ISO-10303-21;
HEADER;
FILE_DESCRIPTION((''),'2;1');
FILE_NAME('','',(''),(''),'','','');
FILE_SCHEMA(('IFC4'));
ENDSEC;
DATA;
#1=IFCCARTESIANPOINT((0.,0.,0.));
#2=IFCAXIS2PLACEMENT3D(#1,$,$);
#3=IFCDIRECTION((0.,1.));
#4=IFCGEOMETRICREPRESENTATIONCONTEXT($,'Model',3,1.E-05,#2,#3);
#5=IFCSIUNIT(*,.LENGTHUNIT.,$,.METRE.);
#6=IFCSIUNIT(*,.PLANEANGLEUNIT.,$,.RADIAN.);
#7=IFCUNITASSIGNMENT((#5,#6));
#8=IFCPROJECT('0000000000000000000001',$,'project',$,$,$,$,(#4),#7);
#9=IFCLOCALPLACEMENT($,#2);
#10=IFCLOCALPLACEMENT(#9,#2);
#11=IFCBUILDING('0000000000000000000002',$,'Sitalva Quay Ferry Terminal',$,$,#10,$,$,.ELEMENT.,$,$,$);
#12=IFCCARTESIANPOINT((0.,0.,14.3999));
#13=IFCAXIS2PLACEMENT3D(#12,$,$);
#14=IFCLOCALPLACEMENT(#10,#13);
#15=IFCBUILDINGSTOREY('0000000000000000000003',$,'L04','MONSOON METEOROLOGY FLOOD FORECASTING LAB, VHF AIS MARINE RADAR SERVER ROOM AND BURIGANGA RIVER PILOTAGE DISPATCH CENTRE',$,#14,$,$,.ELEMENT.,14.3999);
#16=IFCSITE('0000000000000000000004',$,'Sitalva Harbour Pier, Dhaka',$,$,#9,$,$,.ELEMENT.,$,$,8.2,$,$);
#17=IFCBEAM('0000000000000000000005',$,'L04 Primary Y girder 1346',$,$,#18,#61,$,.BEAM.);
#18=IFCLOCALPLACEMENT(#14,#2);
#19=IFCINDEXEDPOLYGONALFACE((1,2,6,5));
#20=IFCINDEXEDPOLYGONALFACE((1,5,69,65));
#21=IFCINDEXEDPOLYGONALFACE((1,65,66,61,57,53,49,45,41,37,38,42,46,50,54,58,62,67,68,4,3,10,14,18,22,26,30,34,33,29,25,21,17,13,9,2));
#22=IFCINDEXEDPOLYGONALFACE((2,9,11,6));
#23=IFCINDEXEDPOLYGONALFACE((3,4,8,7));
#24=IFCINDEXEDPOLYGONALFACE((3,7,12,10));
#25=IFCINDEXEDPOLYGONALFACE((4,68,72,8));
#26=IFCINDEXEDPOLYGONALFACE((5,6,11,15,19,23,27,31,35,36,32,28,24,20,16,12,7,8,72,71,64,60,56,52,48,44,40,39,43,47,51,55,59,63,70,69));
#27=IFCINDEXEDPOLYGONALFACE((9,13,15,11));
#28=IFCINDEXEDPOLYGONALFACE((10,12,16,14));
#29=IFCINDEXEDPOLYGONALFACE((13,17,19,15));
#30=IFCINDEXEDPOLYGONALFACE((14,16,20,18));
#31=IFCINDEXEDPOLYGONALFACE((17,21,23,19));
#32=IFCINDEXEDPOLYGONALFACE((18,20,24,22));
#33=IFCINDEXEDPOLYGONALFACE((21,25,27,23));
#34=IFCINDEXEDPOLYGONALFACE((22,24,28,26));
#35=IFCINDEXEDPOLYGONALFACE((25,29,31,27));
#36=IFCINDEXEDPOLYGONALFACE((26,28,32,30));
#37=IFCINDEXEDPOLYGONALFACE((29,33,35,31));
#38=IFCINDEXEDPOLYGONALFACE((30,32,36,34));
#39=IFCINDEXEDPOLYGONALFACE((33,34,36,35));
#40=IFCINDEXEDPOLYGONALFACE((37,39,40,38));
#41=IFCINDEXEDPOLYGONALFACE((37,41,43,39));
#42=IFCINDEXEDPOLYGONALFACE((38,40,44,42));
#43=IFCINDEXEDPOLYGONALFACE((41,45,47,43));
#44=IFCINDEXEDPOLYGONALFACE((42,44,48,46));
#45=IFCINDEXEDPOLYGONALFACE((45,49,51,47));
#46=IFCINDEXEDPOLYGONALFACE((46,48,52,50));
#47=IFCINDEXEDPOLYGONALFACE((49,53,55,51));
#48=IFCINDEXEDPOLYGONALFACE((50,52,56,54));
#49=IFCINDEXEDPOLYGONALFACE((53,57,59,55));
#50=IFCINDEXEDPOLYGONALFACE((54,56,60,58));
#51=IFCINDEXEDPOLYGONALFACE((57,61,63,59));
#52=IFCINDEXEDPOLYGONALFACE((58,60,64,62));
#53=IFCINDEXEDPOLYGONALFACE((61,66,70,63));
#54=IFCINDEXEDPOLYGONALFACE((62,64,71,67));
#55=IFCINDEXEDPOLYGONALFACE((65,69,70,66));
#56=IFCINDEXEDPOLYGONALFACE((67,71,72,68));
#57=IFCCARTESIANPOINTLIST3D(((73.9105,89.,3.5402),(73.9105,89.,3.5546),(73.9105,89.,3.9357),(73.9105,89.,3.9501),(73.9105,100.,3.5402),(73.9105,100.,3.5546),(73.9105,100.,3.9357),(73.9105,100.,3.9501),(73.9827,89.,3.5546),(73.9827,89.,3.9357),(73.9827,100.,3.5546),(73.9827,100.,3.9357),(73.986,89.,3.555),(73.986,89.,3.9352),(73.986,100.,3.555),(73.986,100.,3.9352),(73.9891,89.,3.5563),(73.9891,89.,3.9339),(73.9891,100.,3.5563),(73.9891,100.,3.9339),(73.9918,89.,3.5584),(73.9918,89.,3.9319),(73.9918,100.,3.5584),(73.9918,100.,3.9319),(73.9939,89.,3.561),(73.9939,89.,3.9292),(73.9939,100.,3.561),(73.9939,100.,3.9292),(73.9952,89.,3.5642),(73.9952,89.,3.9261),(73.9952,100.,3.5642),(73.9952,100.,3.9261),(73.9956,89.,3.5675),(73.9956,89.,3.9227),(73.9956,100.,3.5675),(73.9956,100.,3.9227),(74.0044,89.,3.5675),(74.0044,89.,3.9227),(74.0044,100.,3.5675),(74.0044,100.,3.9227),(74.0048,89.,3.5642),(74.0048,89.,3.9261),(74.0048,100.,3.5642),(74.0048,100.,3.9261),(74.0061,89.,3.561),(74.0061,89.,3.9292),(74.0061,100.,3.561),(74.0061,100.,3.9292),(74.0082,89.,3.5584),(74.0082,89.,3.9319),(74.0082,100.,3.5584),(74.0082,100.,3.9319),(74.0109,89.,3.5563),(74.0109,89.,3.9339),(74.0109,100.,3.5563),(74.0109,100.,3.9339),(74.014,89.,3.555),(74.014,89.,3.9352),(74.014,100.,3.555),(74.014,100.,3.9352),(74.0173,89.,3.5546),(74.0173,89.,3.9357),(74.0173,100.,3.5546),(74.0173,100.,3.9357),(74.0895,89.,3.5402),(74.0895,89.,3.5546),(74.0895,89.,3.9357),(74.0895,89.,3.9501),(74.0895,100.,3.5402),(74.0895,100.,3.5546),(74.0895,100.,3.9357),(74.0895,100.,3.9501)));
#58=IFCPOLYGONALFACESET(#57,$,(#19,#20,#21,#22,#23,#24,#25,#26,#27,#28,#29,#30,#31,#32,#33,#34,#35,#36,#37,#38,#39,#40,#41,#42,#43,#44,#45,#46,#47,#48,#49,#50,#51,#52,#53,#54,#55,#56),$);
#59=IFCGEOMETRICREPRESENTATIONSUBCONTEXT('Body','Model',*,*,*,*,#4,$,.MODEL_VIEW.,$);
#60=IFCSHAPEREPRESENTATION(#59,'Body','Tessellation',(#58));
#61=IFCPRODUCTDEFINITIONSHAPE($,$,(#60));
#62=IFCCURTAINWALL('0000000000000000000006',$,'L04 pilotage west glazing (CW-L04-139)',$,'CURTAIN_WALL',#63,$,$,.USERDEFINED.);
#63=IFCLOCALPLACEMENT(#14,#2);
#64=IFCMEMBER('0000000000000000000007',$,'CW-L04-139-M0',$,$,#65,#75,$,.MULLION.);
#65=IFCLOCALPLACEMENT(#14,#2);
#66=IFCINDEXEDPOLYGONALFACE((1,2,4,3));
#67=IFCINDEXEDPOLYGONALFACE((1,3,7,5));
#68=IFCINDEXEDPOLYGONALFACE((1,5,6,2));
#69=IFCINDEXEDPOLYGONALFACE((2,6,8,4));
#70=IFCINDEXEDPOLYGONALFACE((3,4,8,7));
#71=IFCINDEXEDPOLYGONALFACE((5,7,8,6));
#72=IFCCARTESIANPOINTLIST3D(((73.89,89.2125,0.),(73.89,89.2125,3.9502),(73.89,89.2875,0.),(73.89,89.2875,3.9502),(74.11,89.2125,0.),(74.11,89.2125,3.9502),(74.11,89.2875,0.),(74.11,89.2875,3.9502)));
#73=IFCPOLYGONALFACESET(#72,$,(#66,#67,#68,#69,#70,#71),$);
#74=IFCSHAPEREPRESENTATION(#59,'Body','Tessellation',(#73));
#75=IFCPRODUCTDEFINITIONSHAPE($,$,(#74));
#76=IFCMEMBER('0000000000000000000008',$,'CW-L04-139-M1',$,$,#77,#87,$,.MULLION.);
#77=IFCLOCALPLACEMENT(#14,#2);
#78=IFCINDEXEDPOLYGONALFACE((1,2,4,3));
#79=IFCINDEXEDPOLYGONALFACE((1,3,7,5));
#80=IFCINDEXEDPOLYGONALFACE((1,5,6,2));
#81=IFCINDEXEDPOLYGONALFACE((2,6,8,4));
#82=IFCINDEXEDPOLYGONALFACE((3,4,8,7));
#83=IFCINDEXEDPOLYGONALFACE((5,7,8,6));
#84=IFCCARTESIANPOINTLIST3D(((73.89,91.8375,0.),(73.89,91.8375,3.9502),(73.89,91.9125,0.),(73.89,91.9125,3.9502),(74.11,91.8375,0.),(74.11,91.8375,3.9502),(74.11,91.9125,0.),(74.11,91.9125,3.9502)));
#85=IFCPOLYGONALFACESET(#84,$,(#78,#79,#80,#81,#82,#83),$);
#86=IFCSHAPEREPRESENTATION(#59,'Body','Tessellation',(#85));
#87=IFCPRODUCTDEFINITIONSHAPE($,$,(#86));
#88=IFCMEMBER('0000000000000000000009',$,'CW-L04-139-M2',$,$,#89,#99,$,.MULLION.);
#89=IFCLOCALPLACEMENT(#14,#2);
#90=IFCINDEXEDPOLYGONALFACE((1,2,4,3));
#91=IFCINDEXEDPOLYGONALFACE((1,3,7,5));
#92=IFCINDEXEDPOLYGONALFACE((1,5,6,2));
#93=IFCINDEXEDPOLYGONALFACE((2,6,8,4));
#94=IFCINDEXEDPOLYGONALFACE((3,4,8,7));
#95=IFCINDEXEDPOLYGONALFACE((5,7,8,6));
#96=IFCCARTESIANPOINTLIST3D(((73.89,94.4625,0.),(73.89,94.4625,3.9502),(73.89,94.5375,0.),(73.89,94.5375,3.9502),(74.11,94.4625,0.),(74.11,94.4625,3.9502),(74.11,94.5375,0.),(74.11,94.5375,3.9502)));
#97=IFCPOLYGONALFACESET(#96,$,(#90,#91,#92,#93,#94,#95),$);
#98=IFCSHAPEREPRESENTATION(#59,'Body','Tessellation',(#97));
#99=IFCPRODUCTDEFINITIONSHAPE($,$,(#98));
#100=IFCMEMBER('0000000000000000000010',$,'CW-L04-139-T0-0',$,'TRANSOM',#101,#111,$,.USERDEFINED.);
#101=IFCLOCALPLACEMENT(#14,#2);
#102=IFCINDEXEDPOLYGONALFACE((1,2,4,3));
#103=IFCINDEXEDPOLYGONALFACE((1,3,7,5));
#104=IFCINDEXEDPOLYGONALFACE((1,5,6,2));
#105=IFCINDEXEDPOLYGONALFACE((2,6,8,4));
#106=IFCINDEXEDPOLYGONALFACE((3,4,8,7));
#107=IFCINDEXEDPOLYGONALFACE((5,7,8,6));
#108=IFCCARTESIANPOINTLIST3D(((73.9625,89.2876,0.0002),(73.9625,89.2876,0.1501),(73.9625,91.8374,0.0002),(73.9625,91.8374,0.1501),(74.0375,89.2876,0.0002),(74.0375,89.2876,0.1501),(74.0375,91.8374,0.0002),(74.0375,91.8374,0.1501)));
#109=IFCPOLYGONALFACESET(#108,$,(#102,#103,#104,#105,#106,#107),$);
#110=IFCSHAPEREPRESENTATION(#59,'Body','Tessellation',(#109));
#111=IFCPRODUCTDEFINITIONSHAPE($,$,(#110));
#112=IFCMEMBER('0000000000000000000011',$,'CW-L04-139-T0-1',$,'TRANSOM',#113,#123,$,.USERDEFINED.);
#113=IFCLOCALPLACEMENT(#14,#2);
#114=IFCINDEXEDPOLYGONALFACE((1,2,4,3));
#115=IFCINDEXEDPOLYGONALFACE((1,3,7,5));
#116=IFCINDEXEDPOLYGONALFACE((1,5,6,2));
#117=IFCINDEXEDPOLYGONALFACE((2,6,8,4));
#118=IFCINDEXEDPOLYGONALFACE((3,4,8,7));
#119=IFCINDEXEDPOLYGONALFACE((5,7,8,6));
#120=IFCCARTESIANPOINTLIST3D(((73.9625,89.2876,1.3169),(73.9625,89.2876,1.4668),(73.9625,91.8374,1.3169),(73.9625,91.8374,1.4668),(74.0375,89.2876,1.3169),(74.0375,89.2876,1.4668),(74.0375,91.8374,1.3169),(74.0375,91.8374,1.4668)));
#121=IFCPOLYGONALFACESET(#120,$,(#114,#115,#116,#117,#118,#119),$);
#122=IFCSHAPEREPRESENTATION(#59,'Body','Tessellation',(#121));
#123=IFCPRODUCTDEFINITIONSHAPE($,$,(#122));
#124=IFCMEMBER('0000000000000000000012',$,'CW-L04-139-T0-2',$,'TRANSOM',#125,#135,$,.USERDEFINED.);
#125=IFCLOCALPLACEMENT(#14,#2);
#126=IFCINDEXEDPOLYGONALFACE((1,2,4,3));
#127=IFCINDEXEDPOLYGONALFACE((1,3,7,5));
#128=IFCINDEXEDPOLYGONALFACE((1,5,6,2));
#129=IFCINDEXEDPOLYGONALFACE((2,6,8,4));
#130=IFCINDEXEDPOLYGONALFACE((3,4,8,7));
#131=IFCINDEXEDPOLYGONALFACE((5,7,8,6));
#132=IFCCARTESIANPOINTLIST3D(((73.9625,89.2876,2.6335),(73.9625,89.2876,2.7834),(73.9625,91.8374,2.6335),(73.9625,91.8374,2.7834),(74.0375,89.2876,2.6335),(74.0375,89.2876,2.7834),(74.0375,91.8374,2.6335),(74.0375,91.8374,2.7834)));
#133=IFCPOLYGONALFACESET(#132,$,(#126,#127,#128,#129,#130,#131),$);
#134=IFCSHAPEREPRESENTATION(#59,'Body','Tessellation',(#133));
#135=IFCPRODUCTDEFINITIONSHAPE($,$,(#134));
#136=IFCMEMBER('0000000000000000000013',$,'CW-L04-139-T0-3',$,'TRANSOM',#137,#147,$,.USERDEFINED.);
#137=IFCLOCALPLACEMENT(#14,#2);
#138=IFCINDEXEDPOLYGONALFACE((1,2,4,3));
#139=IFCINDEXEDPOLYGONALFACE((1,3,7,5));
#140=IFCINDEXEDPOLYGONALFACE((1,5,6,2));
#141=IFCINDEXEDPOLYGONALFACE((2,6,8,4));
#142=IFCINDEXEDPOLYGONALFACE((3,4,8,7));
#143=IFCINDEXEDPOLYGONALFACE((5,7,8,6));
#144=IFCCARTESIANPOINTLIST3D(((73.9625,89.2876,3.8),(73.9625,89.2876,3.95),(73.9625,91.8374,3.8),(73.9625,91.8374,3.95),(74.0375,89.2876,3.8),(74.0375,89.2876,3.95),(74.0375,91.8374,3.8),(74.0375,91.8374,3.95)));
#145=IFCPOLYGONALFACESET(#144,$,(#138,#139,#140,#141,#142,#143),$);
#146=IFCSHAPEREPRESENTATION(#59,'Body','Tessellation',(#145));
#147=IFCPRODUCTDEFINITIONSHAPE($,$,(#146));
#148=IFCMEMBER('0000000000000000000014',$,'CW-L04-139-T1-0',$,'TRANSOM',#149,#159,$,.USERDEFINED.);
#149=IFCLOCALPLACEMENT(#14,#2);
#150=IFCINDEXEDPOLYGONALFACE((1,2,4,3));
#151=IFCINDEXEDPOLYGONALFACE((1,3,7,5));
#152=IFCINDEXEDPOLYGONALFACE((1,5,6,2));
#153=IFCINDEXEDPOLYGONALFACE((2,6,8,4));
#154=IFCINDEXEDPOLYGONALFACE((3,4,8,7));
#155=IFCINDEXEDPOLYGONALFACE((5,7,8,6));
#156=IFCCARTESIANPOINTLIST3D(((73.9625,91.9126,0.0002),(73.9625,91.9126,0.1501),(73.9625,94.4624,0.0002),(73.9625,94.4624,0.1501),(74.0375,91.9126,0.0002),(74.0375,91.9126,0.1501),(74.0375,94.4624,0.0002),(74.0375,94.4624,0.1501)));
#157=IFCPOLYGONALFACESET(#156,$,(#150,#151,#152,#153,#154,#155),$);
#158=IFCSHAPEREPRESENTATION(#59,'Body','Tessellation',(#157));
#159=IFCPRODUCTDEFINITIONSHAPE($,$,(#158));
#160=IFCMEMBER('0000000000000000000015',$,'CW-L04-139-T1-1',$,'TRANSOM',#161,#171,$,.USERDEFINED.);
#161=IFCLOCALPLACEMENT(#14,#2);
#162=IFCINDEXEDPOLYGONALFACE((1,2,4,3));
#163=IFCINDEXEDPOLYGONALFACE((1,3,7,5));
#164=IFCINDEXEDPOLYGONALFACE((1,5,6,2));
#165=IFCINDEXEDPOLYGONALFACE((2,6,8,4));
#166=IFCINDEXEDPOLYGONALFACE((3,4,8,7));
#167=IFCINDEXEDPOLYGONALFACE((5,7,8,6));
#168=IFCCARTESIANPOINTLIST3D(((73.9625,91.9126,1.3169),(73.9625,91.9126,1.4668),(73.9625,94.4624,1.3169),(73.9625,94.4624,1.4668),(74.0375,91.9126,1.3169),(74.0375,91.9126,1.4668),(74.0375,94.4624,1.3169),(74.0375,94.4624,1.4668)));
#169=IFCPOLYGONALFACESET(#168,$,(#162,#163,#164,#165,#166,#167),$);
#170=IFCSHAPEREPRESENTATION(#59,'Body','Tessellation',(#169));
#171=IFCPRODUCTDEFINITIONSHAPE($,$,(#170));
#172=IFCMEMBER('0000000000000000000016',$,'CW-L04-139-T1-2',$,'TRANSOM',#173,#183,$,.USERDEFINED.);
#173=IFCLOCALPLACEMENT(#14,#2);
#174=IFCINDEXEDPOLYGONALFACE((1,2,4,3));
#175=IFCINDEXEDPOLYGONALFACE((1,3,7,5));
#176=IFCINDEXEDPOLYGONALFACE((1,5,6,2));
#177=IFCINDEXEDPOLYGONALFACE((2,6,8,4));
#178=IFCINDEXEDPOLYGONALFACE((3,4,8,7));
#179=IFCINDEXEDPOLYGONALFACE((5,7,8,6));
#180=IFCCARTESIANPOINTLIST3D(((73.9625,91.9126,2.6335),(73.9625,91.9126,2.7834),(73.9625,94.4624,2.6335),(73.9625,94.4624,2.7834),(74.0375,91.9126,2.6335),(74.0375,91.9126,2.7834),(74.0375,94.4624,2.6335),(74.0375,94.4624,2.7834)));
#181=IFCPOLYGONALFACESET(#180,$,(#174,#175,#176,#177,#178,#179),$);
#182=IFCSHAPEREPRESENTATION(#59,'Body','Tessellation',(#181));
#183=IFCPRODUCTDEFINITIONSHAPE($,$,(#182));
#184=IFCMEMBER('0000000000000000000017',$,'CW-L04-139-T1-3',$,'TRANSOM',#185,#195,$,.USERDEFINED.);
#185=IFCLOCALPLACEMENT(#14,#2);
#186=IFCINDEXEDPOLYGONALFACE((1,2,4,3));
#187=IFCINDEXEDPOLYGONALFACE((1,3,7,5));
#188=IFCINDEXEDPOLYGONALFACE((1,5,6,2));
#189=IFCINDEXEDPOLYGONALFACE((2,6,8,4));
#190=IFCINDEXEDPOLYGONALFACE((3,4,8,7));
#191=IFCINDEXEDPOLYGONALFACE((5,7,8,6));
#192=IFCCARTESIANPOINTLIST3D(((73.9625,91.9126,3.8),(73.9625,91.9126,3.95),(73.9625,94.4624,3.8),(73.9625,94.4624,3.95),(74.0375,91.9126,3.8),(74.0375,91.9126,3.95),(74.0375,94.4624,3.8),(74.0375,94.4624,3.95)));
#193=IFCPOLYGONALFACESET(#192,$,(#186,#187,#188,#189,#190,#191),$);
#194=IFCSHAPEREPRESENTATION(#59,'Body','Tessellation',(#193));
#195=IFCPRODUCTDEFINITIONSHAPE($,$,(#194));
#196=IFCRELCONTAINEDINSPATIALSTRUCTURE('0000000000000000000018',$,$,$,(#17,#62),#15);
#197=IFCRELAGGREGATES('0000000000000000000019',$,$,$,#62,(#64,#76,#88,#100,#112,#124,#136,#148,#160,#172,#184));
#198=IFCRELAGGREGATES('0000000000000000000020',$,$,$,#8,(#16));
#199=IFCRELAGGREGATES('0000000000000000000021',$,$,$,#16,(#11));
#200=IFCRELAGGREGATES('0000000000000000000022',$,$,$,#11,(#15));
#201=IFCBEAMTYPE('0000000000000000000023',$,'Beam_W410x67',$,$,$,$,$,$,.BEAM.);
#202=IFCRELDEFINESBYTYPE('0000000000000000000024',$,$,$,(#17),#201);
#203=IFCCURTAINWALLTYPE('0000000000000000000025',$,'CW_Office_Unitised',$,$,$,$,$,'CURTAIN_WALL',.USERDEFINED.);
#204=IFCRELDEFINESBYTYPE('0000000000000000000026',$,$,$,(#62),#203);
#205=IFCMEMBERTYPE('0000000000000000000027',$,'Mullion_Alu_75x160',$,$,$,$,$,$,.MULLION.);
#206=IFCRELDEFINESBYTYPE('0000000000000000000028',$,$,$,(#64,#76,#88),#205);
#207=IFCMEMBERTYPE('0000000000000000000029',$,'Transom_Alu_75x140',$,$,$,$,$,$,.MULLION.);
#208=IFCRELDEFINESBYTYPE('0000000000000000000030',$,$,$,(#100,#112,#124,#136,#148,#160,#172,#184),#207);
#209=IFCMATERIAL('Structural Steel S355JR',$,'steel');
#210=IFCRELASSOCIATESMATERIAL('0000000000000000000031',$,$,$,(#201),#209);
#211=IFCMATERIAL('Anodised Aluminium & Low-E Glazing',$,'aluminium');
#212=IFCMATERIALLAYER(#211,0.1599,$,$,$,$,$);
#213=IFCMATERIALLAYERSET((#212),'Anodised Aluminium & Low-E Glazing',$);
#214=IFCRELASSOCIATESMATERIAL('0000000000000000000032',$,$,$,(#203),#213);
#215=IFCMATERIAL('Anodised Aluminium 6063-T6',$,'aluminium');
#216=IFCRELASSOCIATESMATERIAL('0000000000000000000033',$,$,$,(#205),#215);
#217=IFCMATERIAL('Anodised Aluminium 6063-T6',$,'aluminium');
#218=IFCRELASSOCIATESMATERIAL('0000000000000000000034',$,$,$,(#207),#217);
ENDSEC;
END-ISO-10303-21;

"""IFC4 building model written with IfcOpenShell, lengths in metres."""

from ifc_helpers import new_model, si_unit, direction, frame, origin, origin_2d, place, context, subcontext, project, spatial, rectangle, i_section, extrude, material, layer, layer_set, material_profile, profile_set, type_object, element, aggregate, save


model = new_model("IFC4")

# Units and contexts
model_context = context("Model", 3, precision=1e-05, world=origin(), true_north=direction((0.0, 1.0)))
body_context = subcontext(model_context, "Body", "Model", "MODEL_VIEW")
ifc_project = project(units=[si_unit("LENGTHUNIT", "METRE"), si_unit("PLANEANGLEUNIT", "RADIAN")], contexts=[model_context])

# Site, building, storey
site_placement = place(None, origin())
site = spatial("IfcSite", under=ifc_project, at=site_placement, Name="Sitalva Harbour Pier, Dhaka", CompositionType="ELEMENT", RefElevation=8.2)
building_placement = place(site_placement, origin())
building = spatial("IfcBuilding", under=site, at=building_placement, Name="Sitalva Quay Ferry Terminal", CompositionType="ELEMENT")
storey_placement = place(building_placement, frame((0.0, 0.0, 14.3999)))
storey = spatial("IfcBuildingStorey", under=building, at=storey_placement, Name="L04", Description="MONSOON METEOROLOGY FLOOD FORECASTING LAB, VHF AIS MARINE RADAR SERVER ROOM AND BURIGANGA RIVER PILOTAGE DISPATCH CENTRE", CompositionType="ELEMENT", Elevation=14.3999)

# Beam
ifc_material_1 = material(Name="Structural Steel S355JR", Category="steel")
ifc_material_profile_1 = material_profile(ifc_material_1, i_section(OverallWidth=0.179, OverallDepth=0.4099, WebThickness=0.0088, FlangeThickness=0.0144, FilletRadius=0.0129, at=origin_2d()), Name="W410x67")
ifc_profile_set_1 = profile_set([ifc_material_profile_1], Name="Structural Steel S355JR")
beam_type = type_object("IfcBeamType", Name="Beam_W410x67", PredefinedType="BEAM", material=ifc_profile_set_1)
beam_placement = place(storey_placement, frame((74.0, 89.0, 3.7451), z_axis=(0.0, 1.0, 0.0), x_axis=(-1.0, 0.0, 0.0)))
element("IfcBeam", 1, at=beam_placement, inside=storey, type_object=beam_type, Name="L04 Primary Y girder 1346", PredefinedType="BEAM", context=body_context, shape_type="SweptSolid", body=[
    extrude(i_section(OverallWidth=0.179, OverallDepth=0.4099, WebThickness=0.0088, FlangeThickness=0.0144, FilletRadius=0.0129, at=origin_2d()), origin(), (0.0, 0.0, 1.0), 11.0),
])

# Curtain wall, members
ifc_material_2 = material(Name="Anodised Aluminium & Low-E Glazing", Category="aluminium")
ifc_layer_1 = layer(ifc_material_2, 0.1599)
ifc_layer_set_1 = layer_set([ifc_layer_1], Name="Anodised Aluminium & Low-E Glazing")
curtain_wall_type = type_object("IfcCurtainWallType", Name="CW_Office_Unitised", ElementType="CURTAIN_WALL", PredefinedType="USERDEFINED", material=ifc_layer_set_1)
curtain_wall_placement = place(storey_placement, origin())
curtain_wall = element("IfcCurtainWall", 2, at=curtain_wall_placement, inside=storey, type_object=curtain_wall_type, Name="L04 pilotage west glazing (CW-L04-139)", ObjectType="CURTAIN_WALL", PredefinedType="USERDEFINED")
ifc_material_3 = material(Name="Anodised Aluminium 6063-T6", Category="aluminium")
ifc_material_profile_2 = material_profile(ifc_material_3, rectangle(XDim=0.075, YDim=0.22, at=origin_2d()), Name="ALU75x220")
ifc_profile_set_2 = profile_set([ifc_material_profile_2], Name="Anodised Aluminium 6063-T6")
member_type_1 = type_object("IfcMemberType", Name="Mullion_Alu_75x160", PredefinedType="MULLION", material=ifc_profile_set_2)
member_1_placement = place(storey_placement, frame((74.0, 89.25, 0.0), z_axis=(0.0, 0.0, 1.0), x_axis=(0.0, 1.0, 0.0)))
member_1 = element("IfcMember", 3, at=member_1_placement, type_object=member_type_1, Name="CW-L04-139-M0", PredefinedType="MULLION", context=body_context, shape_type="SweptSolid", body=[
    extrude(rectangle(XDim=0.075, YDim=0.22, at=origin_2d()), origin(), (0.0, 0.0, 1.0), 3.9502),
])
member_2_placement = place(storey_placement, frame((74.0, 91.875, 0.0), z_axis=(0.0, 0.0, 1.0), x_axis=(0.0, 1.0, 0.0)))
member_2 = element("IfcMember", 4, at=member_2_placement, type_object=member_type_1, Name="CW-L04-139-M1", PredefinedType="MULLION", context=body_context, shape_type="SweptSolid", body=[
    extrude(rectangle(XDim=0.075, YDim=0.22, at=origin_2d()), origin(), (0.0, 0.0, 1.0), 3.9502),
])
member_3_placement = place(storey_placement, frame((74.0, 94.5, 0.0), z_axis=(0.0, 0.0, 1.0), x_axis=(0.0, 1.0, 0.0)))
member_3 = element("IfcMember", 5, at=member_3_placement, type_object=member_type_1, Name="CW-L04-139-M2", PredefinedType="MULLION", context=body_context, shape_type="SweptSolid", body=[
    extrude(rectangle(XDim=0.075, YDim=0.22, at=origin_2d()), origin(), (0.0, 0.0, 1.0), 3.9502),
])
ifc_material_4 = material(Name="Anodised Aluminium 6063-T6", Category="aluminium")
ifc_material_profile_3 = material_profile(ifc_material_4, rectangle(XDim=0.075, YDim=0.1499, at=origin_2d()), Name="ALU75x150")
ifc_profile_set_3 = profile_set([ifc_material_profile_3], Name="Anodised Aluminium 6063-T6")
member_type_2 = type_object("IfcMemberType", Name="Transom_Alu_75x140", PredefinedType="MULLION", material=ifc_profile_set_3)
member_4_placement = place(storey_placement, frame((74.0, 89.2876, 0.0752), z_axis=(0.0, 1.0, 0.0), x_axis=(-1.0, 0.0, 0.0)))
member_4 = element("IfcMember", 6, at=member_4_placement, type_object=member_type_2, Name="CW-L04-139-T0-0", ObjectType="TRANSOM", PredefinedType="USERDEFINED", context=body_context, shape_type="SweptSolid", body=[
    extrude(rectangle(XDim=0.075, YDim=0.1499, at=origin_2d()), origin(), (0.0, 0.0, 1.0), 2.5498),
])
member_5_placement = place(storey_placement, frame((74.0, 89.2876, 1.3918), z_axis=(0.0, 1.0, 0.0), x_axis=(-1.0, 0.0, 0.0)))
member_5 = element("IfcMember", 7, at=member_5_placement, type_object=member_type_2, Name="CW-L04-139-T0-1", ObjectType="TRANSOM", PredefinedType="USERDEFINED", context=body_context, shape_type="SweptSolid", body=[
    extrude(rectangle(XDim=0.075, YDim=0.1499, at=origin_2d()), origin(), (0.0, 0.0, 1.0), 2.5498),
])
member_6_placement = place(storey_placement, frame((74.0, 89.2876, 2.7085), z_axis=(0.0, 1.0, 0.0), x_axis=(-1.0, 0.0, 0.0)))
member_6 = element("IfcMember", 8, at=member_6_placement, type_object=member_type_2, Name="CW-L04-139-T0-2", ObjectType="TRANSOM", PredefinedType="USERDEFINED", context=body_context, shape_type="SweptSolid", body=[
    extrude(rectangle(XDim=0.075, YDim=0.1499, at=origin_2d()), origin(), (0.0, 0.0, 1.0), 2.5498),
])
member_7_placement = place(storey_placement, frame((74.0, 89.2876, 3.875), z_axis=(0.0, 1.0, 0.0), x_axis=(-1.0, 0.0, 0.0)))
member_7 = element("IfcMember", 9, at=member_7_placement, type_object=member_type_2, Name="CW-L04-139-T0-3", ObjectType="TRANSOM", PredefinedType="USERDEFINED", context=body_context, shape_type="SweptSolid", body=[
    extrude(rectangle(XDim=0.075, YDim=0.1499, at=origin_2d()), origin(), (0.0, 0.0, 1.0), 2.5498),
])
member_8_placement = place(storey_placement, frame((74.0, 91.9126, 0.0752), z_axis=(0.0, 1.0, 0.0), x_axis=(-1.0, 0.0, 0.0)))
member_8 = element("IfcMember", 10, at=member_8_placement, type_object=member_type_2, Name="CW-L04-139-T1-0", ObjectType="TRANSOM", PredefinedType="USERDEFINED", context=body_context, shape_type="SweptSolid", body=[
    extrude(rectangle(XDim=0.075, YDim=0.1499, at=origin_2d()), origin(), (0.0, 0.0, 1.0), 2.5498),
])
member_9_placement = place(storey_placement, frame((74.0, 91.9126, 1.3918), z_axis=(0.0, 1.0, 0.0), x_axis=(-1.0, 0.0, 0.0)))
member_9 = element("IfcMember", 11, at=member_9_placement, type_object=member_type_2, Name="CW-L04-139-T1-1", ObjectType="TRANSOM", PredefinedType="USERDEFINED", context=body_context, shape_type="SweptSolid", body=[
    extrude(rectangle(XDim=0.075, YDim=0.1499, at=origin_2d()), origin(), (0.0, 0.0, 1.0), 2.5498),
])
member_10_placement = place(storey_placement, frame((74.0, 91.9126, 2.7085), z_axis=(0.0, 1.0, 0.0), x_axis=(-1.0, 0.0, 0.0)))
member_10 = element("IfcMember", 12, at=member_10_placement, type_object=member_type_2, Name="CW-L04-139-T1-2", ObjectType="TRANSOM", PredefinedType="USERDEFINED", context=body_context, shape_type="SweptSolid", body=[
    extrude(rectangle(XDim=0.075, YDim=0.1499, at=origin_2d()), origin(), (0.0, 0.0, 1.0), 2.5498),
])
member_11_placement = place(storey_placement, frame((74.0, 91.9126, 3.875), z_axis=(0.0, 1.0, 0.0), x_axis=(-1.0, 0.0, 0.0)))
member_11 = element("IfcMember", 13, at=member_11_placement, type_object=member_type_2, Name="CW-L04-139-T1-3", ObjectType="TRANSOM", PredefinedType="USERDEFINED", context=body_context, shape_type="SweptSolid", body=[
    extrude(rectangle(XDim=0.075, YDim=0.1499, at=origin_2d()), origin(), (0.0, 0.0, 1.0), 2.5498),
])
aggregate(curtain_wall, [member_1, member_2, member_3, member_4, member_5, member_6, member_7, member_8, member_9, member_10, member_11])

save(model, "model.ifc")
